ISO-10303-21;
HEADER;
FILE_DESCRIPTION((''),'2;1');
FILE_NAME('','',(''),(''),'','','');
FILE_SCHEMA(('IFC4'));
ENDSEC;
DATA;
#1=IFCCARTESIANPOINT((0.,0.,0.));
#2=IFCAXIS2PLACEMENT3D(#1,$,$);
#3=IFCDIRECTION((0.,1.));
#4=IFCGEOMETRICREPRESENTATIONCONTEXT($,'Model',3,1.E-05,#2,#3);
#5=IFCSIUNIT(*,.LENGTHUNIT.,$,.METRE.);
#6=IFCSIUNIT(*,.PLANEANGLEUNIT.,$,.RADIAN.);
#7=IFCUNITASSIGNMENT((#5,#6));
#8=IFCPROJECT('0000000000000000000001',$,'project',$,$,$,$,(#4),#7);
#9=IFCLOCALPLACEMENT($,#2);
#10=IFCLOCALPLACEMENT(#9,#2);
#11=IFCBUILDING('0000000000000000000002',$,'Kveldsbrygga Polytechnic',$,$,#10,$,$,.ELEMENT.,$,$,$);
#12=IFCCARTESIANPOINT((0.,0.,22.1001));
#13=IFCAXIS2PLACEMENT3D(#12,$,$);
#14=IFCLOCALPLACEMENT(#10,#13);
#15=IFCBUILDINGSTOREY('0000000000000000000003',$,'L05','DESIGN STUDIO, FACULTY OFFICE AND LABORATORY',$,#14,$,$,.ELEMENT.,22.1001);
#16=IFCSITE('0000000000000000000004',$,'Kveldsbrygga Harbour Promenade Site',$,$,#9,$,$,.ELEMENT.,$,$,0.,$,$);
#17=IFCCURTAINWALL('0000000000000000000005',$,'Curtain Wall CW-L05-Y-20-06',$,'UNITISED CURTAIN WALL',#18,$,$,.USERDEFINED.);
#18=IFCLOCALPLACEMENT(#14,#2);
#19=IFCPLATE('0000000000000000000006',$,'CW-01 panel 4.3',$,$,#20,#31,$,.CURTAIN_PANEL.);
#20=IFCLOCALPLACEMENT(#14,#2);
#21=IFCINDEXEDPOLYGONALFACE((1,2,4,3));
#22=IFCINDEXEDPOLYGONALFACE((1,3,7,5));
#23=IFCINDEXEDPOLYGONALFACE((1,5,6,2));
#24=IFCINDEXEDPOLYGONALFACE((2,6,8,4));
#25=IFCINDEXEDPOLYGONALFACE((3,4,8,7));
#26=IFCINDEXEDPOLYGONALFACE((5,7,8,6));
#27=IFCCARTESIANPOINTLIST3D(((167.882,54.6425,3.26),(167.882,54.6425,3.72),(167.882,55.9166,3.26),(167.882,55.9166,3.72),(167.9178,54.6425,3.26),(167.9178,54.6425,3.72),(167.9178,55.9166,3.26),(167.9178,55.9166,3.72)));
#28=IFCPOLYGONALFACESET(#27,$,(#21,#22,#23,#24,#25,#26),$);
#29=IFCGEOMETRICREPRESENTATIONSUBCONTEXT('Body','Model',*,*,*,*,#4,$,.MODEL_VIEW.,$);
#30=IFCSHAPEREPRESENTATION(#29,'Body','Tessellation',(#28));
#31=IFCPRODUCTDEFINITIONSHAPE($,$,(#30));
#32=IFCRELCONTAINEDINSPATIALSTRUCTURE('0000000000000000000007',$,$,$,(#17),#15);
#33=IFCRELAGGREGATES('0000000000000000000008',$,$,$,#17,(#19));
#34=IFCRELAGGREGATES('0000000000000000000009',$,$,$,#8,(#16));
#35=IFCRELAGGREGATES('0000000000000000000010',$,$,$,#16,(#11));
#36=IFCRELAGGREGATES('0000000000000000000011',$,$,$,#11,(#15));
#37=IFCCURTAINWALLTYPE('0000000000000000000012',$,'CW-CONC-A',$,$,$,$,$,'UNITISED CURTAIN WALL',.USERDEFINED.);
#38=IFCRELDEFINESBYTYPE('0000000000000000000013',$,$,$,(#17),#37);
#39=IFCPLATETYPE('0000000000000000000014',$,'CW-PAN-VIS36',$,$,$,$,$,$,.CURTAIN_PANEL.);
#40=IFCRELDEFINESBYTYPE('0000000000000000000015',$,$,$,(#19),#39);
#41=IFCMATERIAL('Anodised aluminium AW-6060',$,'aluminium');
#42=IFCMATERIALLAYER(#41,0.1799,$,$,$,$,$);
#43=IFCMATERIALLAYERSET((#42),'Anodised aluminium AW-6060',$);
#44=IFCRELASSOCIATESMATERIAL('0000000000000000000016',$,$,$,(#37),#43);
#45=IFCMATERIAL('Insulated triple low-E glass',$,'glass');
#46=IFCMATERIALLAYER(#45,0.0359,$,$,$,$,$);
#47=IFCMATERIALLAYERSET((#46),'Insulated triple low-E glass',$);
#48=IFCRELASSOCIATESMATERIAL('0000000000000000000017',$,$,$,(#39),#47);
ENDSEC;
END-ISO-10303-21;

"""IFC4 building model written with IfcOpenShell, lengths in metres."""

from ifc_helpers import new_model, si_unit, direction, frame, origin, origin_2d, place, context, subcontext, project, spatial, rectangle, extrude, material, layer, layer_set, type_object, element, aggregate, save


model = new_model("IFC4")

# Units and contexts
model_context = context("Model", 3, precision=1e-05, world=origin(), true_north=direction((0.0, 1.0)))
body_context = subcontext(model_context, "Body", "Model", "MODEL_VIEW")
ifc_project = project(units=[si_unit("LENGTHUNIT", "METRE"), si_unit("PLANEANGLEUNIT", "RADIAN")], contexts=[model_context])

# Site, building, storey
site_placement = place(None, origin())
site = spatial("IfcSite", under=ifc_project, at=site_placement, Name="Kveldsbrygga Harbour Promenade Site", CompositionType="ELEMENT", RefElevation=0.0)
building_placement = place(site_placement, origin())
building = spatial("IfcBuilding", under=site, at=building_placement, Name="Kveldsbrygga Polytechnic", CompositionType="ELEMENT")
storey_placement = place(building_placement, frame((0.0, 0.0, 22.1001)))
storey = spatial("IfcBuildingStorey", under=building, at=storey_placement, Name="L05", Description="DESIGN STUDIO, FACULTY OFFICE AND LABORATORY", CompositionType="ELEMENT", Elevation=22.1001)

# Curtain wall, plate
ifc_material_1 = material(Name="Anodised aluminium AW-6060", Category="aluminium")
ifc_layer_1 = layer(ifc_material_1, 0.1799)
ifc_layer_set_1 = layer_set([ifc_layer_1], Name="Anodised aluminium AW-6060")
curtain_wall_type = type_object("IfcCurtainWallType", Name="CW-CONC-A", ElementType="UNITISED CURTAIN WALL", PredefinedType="USERDEFINED", material=ifc_layer_set_1)
curtain_wall_placement = place(storey_placement, origin())
curtain_wall = element("IfcCurtainWall", 1, at=curtain_wall_placement, inside=storey, type_object=curtain_wall_type, Name="Curtain Wall CW-L05-Y-20-06", ObjectType="UNITISED CURTAIN WALL", PredefinedType="USERDEFINED")
ifc_material_2 = material(Name="Insulated triple low-E glass", Category="glass")
ifc_layer_2 = layer(ifc_material_2, 0.0359)
ifc_layer_set_2 = layer_set([ifc_layer_2], Name="Insulated triple low-E glass")
plate_type = type_object("IfcPlateType", Name="CW-PAN-VIS36", PredefinedType="CURTAIN_PANEL", material=ifc_layer_set_2)
plate_1_placement = place(storey_placement, frame((167.8999, 55.2795, 3.26), z_axis=(0.0, 0.0, 1.0), x_axis=(0.0, 1.0, 0.0)))
plate_1 = element("IfcPlate", 2, at=plate_1_placement, type_object=plate_type, Name="CW-01 panel 4.3", PredefinedType="CURTAIN_PANEL", context=body_context, shape_type="SweptSolid", body=[
    extrude(rectangle(XDim=1.2742, YDim=0.0359, at=origin_2d()), origin(), (0.0, 0.0, 1.0), 0.46),
])
aggregate(curtain_wall, [plate_1])

save(model, "model.ifc")
